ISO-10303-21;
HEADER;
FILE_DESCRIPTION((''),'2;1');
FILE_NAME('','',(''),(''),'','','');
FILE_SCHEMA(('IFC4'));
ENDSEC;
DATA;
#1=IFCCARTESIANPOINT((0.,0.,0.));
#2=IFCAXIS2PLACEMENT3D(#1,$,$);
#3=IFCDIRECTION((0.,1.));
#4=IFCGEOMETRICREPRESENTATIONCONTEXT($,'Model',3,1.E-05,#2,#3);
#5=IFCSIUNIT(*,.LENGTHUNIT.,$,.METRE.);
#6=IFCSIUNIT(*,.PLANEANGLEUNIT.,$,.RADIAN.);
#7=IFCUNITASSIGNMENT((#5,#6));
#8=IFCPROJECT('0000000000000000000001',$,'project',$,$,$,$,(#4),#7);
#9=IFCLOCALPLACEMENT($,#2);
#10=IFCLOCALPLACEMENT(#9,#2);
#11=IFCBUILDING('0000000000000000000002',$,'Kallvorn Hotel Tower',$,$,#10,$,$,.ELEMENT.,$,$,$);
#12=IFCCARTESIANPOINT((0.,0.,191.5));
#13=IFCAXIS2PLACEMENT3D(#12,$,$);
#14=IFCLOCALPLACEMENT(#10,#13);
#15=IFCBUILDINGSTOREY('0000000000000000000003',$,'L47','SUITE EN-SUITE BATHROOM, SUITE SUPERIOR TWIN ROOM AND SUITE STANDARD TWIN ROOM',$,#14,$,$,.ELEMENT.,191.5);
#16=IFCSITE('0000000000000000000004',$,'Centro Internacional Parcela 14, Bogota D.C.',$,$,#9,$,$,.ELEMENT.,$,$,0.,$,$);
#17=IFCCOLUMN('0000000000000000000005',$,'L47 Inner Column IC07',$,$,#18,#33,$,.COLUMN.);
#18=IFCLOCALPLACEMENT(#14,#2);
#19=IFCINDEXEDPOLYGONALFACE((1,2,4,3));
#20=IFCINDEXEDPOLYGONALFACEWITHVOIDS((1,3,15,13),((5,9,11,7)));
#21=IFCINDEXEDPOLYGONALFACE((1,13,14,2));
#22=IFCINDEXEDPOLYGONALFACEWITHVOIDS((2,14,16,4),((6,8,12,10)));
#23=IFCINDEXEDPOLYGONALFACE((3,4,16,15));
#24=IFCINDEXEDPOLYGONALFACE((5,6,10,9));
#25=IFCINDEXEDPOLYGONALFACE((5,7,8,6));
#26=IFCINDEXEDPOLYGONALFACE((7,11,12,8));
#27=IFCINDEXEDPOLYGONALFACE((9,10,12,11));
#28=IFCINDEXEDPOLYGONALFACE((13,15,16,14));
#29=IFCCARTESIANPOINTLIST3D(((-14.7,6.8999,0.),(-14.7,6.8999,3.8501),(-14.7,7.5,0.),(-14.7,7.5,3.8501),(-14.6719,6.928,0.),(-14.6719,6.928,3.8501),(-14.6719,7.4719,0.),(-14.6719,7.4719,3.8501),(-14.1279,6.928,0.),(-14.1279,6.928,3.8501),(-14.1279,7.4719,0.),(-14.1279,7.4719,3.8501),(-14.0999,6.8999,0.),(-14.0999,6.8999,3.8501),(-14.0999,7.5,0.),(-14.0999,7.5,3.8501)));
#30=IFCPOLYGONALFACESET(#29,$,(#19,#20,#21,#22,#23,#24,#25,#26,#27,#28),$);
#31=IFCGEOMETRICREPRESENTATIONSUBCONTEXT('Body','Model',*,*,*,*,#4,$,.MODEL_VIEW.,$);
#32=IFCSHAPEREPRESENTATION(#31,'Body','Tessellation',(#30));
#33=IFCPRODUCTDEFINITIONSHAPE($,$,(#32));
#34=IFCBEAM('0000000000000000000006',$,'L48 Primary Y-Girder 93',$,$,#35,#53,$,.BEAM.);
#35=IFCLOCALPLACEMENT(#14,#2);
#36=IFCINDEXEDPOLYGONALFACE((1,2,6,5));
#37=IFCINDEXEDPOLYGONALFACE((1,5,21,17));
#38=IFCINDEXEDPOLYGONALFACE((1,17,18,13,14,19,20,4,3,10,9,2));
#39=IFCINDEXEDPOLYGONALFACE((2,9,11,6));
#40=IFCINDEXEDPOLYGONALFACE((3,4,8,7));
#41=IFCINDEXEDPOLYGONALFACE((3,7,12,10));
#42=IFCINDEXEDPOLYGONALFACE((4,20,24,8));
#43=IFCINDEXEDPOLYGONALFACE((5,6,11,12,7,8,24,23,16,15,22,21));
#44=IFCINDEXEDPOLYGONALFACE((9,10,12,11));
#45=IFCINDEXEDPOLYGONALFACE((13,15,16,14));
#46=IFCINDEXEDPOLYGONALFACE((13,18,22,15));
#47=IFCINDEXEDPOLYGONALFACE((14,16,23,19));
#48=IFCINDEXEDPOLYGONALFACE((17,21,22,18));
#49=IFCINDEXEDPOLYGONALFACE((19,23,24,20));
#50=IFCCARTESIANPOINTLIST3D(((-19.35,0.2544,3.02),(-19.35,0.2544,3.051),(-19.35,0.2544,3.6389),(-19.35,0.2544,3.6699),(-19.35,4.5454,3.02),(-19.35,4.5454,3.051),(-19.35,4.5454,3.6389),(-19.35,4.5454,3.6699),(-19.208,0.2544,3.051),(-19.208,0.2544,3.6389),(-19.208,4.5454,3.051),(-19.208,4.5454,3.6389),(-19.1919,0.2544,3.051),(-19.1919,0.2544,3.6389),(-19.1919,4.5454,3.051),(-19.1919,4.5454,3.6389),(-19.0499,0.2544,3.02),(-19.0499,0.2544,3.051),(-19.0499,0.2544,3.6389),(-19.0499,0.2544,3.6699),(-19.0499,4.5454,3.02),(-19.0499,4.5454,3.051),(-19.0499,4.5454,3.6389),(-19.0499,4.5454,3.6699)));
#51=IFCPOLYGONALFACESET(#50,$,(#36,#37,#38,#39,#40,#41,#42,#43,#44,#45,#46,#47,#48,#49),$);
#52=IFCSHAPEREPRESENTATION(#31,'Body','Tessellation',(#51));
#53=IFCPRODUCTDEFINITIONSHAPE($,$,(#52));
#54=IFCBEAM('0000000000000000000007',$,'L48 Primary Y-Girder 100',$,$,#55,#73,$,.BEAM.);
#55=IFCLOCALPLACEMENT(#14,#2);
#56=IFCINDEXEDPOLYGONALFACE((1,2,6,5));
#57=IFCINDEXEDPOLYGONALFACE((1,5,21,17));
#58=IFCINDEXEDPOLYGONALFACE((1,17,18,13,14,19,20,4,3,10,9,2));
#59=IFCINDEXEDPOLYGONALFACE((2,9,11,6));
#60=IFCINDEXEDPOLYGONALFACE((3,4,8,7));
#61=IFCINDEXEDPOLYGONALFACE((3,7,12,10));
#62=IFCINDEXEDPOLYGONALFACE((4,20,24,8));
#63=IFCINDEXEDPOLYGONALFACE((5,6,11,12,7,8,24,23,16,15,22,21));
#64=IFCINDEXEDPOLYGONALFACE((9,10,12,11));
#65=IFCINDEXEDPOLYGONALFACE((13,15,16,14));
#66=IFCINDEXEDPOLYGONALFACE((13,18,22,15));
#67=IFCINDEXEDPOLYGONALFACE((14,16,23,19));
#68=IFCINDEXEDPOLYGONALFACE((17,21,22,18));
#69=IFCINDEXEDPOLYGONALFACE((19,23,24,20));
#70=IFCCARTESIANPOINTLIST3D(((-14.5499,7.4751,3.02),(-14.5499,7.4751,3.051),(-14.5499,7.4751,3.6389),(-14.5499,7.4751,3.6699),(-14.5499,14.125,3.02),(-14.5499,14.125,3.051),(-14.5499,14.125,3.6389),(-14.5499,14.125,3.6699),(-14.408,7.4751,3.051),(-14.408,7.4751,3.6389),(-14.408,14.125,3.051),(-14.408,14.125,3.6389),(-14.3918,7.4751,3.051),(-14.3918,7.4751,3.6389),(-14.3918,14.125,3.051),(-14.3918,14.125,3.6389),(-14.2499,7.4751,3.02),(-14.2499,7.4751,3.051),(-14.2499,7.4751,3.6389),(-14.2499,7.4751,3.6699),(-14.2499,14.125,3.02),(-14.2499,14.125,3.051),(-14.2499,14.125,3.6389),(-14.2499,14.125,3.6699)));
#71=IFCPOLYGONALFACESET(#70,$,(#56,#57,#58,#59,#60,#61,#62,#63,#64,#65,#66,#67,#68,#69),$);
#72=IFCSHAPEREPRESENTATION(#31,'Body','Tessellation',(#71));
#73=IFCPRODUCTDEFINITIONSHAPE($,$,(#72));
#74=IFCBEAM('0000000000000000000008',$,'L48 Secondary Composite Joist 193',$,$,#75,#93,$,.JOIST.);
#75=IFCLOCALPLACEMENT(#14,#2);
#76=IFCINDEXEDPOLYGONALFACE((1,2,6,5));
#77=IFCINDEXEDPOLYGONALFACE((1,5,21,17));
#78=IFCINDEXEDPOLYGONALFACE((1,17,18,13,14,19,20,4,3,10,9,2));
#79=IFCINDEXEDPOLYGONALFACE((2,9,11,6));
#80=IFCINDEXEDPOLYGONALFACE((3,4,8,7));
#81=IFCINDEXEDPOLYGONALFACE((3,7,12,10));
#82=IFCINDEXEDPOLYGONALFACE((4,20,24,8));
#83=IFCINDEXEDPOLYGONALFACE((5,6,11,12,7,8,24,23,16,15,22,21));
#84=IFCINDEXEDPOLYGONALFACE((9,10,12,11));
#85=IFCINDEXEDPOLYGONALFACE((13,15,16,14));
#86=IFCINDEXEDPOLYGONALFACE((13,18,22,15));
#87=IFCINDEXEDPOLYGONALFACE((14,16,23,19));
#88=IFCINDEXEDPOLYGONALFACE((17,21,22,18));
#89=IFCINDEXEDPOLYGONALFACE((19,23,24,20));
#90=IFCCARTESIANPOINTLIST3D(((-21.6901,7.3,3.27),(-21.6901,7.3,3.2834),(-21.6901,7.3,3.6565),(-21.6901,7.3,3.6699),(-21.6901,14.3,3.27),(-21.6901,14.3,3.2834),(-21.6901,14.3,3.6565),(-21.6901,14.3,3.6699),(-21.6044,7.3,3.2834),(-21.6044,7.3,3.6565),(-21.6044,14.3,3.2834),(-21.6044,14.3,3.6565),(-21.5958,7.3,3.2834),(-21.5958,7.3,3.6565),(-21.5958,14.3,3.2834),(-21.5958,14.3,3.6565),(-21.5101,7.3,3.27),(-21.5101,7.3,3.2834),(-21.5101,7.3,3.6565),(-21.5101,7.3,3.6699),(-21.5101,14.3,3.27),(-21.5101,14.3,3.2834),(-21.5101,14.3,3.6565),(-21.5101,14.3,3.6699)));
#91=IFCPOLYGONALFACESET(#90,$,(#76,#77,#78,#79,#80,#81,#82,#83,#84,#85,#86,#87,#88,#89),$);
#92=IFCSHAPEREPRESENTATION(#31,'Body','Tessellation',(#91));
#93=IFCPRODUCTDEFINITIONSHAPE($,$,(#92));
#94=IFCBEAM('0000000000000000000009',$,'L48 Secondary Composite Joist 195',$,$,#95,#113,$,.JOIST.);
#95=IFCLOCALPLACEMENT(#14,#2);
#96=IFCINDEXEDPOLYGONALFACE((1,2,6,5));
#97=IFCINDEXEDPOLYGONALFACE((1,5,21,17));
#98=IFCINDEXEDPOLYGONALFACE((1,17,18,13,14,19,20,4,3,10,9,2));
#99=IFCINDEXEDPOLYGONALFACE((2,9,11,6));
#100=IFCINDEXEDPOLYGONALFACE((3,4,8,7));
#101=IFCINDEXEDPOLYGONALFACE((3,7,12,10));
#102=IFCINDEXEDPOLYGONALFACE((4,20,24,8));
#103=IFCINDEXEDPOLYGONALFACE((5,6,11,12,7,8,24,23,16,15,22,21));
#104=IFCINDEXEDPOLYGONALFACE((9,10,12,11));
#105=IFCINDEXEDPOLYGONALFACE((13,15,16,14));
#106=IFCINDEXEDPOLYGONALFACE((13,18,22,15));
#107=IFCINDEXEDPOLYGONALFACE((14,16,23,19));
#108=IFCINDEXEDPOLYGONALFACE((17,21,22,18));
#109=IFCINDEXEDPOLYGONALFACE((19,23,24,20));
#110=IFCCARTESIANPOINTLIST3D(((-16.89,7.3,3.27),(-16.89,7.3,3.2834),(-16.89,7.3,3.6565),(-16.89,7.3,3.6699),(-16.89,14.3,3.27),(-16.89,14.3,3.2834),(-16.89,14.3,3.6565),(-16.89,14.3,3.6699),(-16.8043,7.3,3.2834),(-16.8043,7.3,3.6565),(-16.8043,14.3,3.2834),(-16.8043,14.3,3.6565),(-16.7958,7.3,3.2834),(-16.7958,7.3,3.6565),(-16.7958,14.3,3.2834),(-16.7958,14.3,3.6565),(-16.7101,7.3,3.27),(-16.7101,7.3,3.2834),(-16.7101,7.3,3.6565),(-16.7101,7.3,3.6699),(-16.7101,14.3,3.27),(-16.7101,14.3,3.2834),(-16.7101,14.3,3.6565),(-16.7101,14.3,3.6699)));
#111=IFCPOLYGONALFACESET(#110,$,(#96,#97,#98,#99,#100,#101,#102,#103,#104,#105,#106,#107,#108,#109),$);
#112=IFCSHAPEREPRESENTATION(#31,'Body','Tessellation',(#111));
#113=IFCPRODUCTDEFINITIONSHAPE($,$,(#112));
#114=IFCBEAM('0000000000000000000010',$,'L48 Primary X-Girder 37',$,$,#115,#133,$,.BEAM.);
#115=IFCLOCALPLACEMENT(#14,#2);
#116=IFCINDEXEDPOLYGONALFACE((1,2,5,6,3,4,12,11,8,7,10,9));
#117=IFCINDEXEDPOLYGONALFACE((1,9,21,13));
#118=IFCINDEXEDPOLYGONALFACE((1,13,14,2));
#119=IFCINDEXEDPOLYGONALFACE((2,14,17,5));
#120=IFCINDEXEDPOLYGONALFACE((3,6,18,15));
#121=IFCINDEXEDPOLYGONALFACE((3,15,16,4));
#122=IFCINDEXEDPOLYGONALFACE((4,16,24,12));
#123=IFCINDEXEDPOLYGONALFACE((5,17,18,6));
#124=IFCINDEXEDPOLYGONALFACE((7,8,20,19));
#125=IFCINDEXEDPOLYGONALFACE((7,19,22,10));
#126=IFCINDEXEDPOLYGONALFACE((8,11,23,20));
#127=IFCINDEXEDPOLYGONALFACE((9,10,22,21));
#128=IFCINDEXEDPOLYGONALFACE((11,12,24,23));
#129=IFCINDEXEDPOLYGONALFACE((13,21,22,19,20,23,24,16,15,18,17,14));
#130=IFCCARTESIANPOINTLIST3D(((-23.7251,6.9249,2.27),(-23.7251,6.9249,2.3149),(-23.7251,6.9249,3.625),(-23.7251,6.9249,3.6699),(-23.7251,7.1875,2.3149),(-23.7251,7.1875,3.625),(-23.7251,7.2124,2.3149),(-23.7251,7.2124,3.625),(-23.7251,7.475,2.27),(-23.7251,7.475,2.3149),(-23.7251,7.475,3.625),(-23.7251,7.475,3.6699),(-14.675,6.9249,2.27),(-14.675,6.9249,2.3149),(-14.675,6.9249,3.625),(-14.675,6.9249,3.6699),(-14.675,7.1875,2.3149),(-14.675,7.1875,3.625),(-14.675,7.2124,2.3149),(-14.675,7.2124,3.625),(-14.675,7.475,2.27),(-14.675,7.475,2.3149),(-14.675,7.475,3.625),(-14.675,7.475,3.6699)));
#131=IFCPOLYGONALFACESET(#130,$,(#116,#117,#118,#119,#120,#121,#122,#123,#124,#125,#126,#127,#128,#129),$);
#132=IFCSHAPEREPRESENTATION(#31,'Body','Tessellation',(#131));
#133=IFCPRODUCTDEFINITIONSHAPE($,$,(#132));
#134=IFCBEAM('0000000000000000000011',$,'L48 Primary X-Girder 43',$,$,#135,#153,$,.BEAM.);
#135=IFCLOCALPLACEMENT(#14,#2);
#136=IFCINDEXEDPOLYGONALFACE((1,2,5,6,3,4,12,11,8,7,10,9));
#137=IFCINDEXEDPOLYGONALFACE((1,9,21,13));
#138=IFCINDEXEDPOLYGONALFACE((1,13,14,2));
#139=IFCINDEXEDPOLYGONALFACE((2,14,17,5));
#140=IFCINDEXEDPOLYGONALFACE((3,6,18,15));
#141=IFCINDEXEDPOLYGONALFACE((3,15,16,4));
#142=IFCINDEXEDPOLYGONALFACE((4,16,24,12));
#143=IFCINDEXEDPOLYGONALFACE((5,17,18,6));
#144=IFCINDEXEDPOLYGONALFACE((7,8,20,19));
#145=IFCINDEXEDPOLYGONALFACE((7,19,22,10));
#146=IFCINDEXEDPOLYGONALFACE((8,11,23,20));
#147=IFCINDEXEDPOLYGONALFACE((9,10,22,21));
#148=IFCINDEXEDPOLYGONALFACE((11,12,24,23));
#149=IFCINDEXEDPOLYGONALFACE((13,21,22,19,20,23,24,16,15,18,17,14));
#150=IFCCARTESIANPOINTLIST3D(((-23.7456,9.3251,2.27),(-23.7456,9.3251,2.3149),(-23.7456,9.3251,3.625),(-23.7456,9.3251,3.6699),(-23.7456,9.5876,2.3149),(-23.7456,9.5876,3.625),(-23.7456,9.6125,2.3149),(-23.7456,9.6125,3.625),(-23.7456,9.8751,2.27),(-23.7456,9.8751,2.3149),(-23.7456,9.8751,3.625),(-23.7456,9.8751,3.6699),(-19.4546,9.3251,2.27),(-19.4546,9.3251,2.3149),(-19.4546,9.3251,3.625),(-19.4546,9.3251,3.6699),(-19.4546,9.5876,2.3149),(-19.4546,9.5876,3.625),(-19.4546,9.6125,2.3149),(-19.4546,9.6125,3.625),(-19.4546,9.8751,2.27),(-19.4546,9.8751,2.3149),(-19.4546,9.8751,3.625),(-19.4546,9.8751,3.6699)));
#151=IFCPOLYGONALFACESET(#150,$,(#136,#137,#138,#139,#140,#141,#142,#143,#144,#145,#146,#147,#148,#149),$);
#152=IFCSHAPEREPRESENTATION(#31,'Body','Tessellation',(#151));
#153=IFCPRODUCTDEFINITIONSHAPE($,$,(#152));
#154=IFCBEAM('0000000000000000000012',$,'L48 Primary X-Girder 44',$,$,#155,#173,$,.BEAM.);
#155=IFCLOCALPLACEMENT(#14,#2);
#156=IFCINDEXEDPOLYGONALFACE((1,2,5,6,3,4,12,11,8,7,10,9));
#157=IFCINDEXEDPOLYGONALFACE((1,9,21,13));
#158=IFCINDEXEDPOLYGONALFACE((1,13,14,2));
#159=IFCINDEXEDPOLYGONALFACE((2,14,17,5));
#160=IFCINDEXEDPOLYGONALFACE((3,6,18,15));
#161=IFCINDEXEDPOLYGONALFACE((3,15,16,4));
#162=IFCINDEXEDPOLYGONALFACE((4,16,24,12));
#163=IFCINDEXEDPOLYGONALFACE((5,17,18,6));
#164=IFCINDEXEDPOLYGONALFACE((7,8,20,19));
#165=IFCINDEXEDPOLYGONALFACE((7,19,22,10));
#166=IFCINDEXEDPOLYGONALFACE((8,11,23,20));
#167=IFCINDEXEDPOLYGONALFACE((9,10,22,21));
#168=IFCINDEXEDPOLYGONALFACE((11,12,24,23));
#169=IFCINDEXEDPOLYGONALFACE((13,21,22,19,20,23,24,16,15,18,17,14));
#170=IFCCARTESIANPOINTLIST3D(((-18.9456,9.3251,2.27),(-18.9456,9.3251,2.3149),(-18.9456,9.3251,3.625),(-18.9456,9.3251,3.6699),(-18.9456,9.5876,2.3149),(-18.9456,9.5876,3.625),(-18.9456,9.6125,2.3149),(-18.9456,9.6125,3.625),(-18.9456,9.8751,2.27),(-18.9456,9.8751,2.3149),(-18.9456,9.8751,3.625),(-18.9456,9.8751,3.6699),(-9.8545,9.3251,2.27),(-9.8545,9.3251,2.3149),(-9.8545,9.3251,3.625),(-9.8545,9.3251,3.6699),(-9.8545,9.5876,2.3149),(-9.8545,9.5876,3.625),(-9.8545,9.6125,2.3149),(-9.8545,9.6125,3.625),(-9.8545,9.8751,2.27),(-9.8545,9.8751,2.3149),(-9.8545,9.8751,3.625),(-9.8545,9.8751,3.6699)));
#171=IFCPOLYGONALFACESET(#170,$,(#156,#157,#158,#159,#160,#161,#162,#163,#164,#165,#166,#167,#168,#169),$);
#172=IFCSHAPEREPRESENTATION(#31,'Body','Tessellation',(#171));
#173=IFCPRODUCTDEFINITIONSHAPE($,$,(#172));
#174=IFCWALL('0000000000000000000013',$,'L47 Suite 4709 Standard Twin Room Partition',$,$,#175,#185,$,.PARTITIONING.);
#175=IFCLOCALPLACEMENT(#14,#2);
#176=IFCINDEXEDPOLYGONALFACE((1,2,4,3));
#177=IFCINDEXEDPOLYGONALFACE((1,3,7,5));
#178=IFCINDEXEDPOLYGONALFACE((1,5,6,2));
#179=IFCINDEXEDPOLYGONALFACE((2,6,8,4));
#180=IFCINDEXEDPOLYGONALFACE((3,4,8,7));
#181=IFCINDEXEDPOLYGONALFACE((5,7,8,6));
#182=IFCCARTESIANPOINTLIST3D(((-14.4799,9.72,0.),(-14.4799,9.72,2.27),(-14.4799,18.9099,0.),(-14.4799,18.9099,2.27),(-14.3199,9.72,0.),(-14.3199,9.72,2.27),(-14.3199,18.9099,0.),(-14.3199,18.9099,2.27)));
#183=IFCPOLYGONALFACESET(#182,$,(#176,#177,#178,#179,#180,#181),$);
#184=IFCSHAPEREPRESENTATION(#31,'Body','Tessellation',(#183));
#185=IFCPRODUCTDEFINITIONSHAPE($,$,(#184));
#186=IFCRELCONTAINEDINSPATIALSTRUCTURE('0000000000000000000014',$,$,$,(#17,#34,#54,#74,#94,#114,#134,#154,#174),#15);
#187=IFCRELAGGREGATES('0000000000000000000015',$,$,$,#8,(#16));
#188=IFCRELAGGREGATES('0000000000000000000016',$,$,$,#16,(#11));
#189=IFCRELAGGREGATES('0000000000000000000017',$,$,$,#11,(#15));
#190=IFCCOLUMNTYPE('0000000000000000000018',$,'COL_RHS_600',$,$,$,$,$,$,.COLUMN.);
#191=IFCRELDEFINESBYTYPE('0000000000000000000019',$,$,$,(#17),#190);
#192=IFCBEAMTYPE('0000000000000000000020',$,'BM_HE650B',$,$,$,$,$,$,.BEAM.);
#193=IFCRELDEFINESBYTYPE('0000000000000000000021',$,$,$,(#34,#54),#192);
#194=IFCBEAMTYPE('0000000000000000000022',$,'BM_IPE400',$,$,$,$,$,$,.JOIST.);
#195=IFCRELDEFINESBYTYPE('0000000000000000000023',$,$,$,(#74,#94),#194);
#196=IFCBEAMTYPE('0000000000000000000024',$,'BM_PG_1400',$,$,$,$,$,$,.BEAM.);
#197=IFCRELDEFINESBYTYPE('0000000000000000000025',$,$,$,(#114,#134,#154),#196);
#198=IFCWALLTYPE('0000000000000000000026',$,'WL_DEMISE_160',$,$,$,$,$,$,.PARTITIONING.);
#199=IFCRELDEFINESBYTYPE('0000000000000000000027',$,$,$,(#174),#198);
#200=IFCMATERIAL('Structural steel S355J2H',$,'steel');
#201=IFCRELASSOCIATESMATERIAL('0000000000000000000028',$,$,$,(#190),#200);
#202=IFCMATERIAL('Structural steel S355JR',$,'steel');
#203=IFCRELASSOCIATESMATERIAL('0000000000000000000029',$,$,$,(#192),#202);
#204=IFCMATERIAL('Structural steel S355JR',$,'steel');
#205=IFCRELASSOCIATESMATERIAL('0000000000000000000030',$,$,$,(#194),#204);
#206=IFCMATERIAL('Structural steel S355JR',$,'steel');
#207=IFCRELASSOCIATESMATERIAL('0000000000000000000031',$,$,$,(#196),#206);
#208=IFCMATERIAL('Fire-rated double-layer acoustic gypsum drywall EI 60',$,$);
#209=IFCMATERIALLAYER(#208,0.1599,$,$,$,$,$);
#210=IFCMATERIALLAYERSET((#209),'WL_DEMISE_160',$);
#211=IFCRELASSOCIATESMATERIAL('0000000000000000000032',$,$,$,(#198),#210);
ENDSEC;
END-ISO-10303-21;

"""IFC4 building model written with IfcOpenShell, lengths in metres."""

from ifc_helpers import new_model, si_unit, direction, frame, frame_2d, origin, origin_2d, place, context, subcontext, project, spatial, rectangle, hollow_rectangle, i_section, extrude, material, layer, layer_set, material_profile, profile_set, type_object, element, save


model = new_model("IFC4")

# Units and contexts
model_context = context("Model", 3, precision=1e-05, world=origin(), true_north=direction((0.0, 1.0)))
body_context = subcontext(model_context, "Body", "Model", "MODEL_VIEW")
ifc_project = project(units=[si_unit("LENGTHUNIT", "METRE"), si_unit("PLANEANGLEUNIT", "RADIAN")], contexts=[model_context])

# Site, building, storey
site_placement = place(None, origin())
site = spatial("IfcSite", under=ifc_project, at=site_placement, Name="Centro Internacional Parcela 14, Bogota D.C.", CompositionType="ELEMENT", RefElevation=0.0)
building_placement = place(site_placement, origin())
building = spatial("IfcBuilding", under=site, at=building_placement, Name="Kallvorn Hotel Tower", CompositionType="ELEMENT")
storey_placement = place(building_placement, frame((0.0, 0.0, 191.5)))
storey = spatial("IfcBuildingStorey", under=building, at=storey_placement, Name="L47", Description="SUITE EN-SUITE BATHROOM, SUITE SUPERIOR TWIN ROOM AND SUITE STANDARD TWIN ROOM", CompositionType="ELEMENT", Elevation=191.5)

# Column
ifc_material_1 = material(Name="Structural steel S355J2H", Category="steel")
ifc_material_profile_1 = material_profile(ifc_material_1, hollow_rectangle(XDim=0.6001, YDim=0.6001, WallThickness=0.0281, at=origin_2d()), Name="RHS 600x600x28")
ifc_profile_set_1 = profile_set([ifc_material_profile_1], Name="Structural steel S355J2H")
column_type_1 = type_object("IfcColumnType", Name="COL_RHS_600", PredefinedType="COLUMN", material=ifc_profile_set_1)
column_placement = place(storey_placement, frame((-14.3999, 7.2, 0.0), z_axis=(0.0, 0.0, 1.0), x_axis=(1.0, 0.0, 0.0)))
element("IfcColumn", 1, at=column_placement, inside=storey, type_object=column_type_1, Name="L47 Inner Column IC07", PredefinedType="COLUMN", context=body_context, shape_type="SweptSolid", body=[
    extrude(hollow_rectangle(XDim=0.6001, YDim=0.6001, WallThickness=0.0281, at=origin_2d()), origin(), (0.0, 0.0, 1.0), 3.8501),
])

# Beams
ifc_material_2 = material(Name="Structural steel S355JR", Category="steel")
ifc_material_profile_2 = material_profile(ifc_material_2, i_section(OverallWidth=0.3, OverallDepth=0.6499, WebThickness=0.0161, FlangeThickness=0.031, at=origin_2d()), Name="HE 650 B")
ifc_profile_set_2 = profile_set([ifc_material_profile_2], Name="Structural steel S355JR")
beam_type_1 = type_object("IfcBeamType", Name="BM_HE650B", PredefinedType="BEAM", material=ifc_profile_set_2)
beam_1_placement = place(storey_placement, frame((-19.2, 0.2544, 3.345), z_axis=(0.0, 1.0, 0.0), x_axis=(-1.0, 0.0, 0.0)))
element("IfcBeam", 2, at=beam_1_placement, inside=storey, type_object=beam_type_1, Name="L48 Primary Y-Girder 93", PredefinedType="BEAM", context=body_context, shape_type="SweptSolid", body=[
    extrude(i_section(OverallWidth=0.3, OverallDepth=0.6499, WebThickness=0.0161, FlangeThickness=0.031, at=origin_2d()), origin(), (0.0, 0.0, 1.0), 4.291),
])
beam_2_placement = place(storey_placement, frame((-14.3999, 7.4751, 3.345), z_axis=(0.0, 1.0, 0.0), x_axis=(-1.0, 0.0, 0.0)))
element("IfcBeam", 3, at=beam_2_placement, inside=storey, type_object=beam_type_1, Name="L48 Primary Y-Girder 100", PredefinedType="BEAM", context=body_context, shape_type="SweptSolid", body=[
    extrude(i_section(OverallWidth=0.3, OverallDepth=0.6499, WebThickness=0.0161, FlangeThickness=0.031, at=origin_2d()), origin(), (0.0, 0.0, 1.0), 6.6499),
])
ifc_material_3 = material(Name="Structural steel S355JR", Category="steel")
ifc_material_profile_3 = material_profile(ifc_material_3, i_section(OverallWidth=0.1799, OverallDepth=0.3999, WebThickness=0.0085, FlangeThickness=0.0134, at=origin_2d()), Name="IPE 400")
ifc_profile_set_3 = profile_set([ifc_material_profile_3], Name="Structural steel S355JR")
beam_type_2 = type_object("IfcBeamType", Name="BM_IPE400", PredefinedType="JOIST", material=ifc_profile_set_3)
for number, where, z_axis, x_axis, name in (
    (4, (-21.6001, 7.3, 3.47), (0.0, 1.0, 0.0), (-1.0, 0.0, 0.0), "L48 Secondary Composite Joist 193"),
    (5, (-16.8, 7.3, 3.47), (0.0, 1.0, 0.0), (-1.0, 0.0, 0.0), "L48 Secondary Composite Joist 195"),
):
    element("IfcBeam", number, at=place(storey_placement, frame(where, z_axis=z_axis, x_axis=x_axis)), inside=storey, type_object=beam_type_2, Name=name, PredefinedType="JOIST", context=body_context, shape_type="SweptSolid", body=[
        extrude(i_section(OverallWidth=0.1799, OverallDepth=0.3999, WebThickness=0.0085, FlangeThickness=0.0134, at=origin_2d()), origin(), (0.0, 0.0, 1.0), 7.0),
    ])
ifc_material_4 = material(Name="Structural steel S355JR", Category="steel")
ifc_material_profile_4 = material_profile(ifc_material_4, i_section(OverallWidth=0.55, OverallDepth=1.3999, WebThickness=0.0249, FlangeThickness=0.0449, at=origin_2d()), Name="PG 1400x550x25x45")
ifc_profile_set_4 = profile_set([ifc_material_profile_4], Name="Structural steel S355JR")
beam_type_3 = type_object("IfcBeamType", Name="BM_PG_1400", PredefinedType="BEAM", material=ifc_profile_set_4)
beam_3_placement = place(storey_placement, frame((-23.7251, 7.2, 2.97), z_axis=(1.0, 0.0, 0.0), x_axis=(0.0, 1.0, 0.0)))
element("IfcBeam", 6, at=beam_3_placement, inside=storey, type_object=beam_type_3, Name="L48 Primary X-Girder 37", PredefinedType="BEAM", context=body_context, shape_type="SweptSolid", body=[
    extrude(i_section(OverallWidth=0.55, OverallDepth=1.3999, WebThickness=0.0249, FlangeThickness=0.0449, at=origin_2d()), origin(), (0.0, 0.0, 1.0), 9.05),
])
beam_4_placement = place(storey_placement, frame((-23.7456, 9.6001, 2.97), z_axis=(1.0, 0.0, 0.0), x_axis=(0.0, 1.0, 0.0)))
element("IfcBeam", 7, at=beam_4_placement, inside=storey, type_object=beam_type_3, Name="L48 Primary X-Girder 43", PredefinedType="BEAM", context=body_context, shape_type="SweptSolid", body=[
    extrude(i_section(OverallWidth=0.55, OverallDepth=1.3999, WebThickness=0.0249, FlangeThickness=0.0449, at=origin_2d()), origin(), (0.0, 0.0, 1.0), 4.291),
])
beam_5_placement = place(storey_placement, frame((-18.9456, 9.6001, 2.97), z_axis=(1.0, 0.0, 0.0), x_axis=(0.0, 1.0, 0.0)))
element("IfcBeam", 8, at=beam_5_placement, inside=storey, type_object=beam_type_3, Name="L48 Primary X-Girder 44", PredefinedType="BEAM", context=body_context, shape_type="SweptSolid", body=[
    extrude(i_section(OverallWidth=0.55, OverallDepth=1.3999, WebThickness=0.0249, FlangeThickness=0.0449, at=origin_2d()), origin(), (0.0, 0.0, 1.0), 9.0911),
])

# Wall
ifc_material_5 = material(Name="Fire-rated double-layer acoustic gypsum drywall EI 60")
ifc_layer_1 = layer(ifc_material_5, 0.1599)
ifc_layer_set_1 = layer_set([ifc_layer_1], Name="WL_DEMISE_160")
wall_type_1 = type_object("IfcWallType", Name="WL_DEMISE_160", PredefinedType="PARTITIONING", material=ifc_layer_set_1)
wall_1_placement = place(storey_placement, frame((-14.3999, 9.72, 0.0), z_axis=(0.0, 0.0, 1.0), x_axis=(0.0, 1.0, 0.0)))
element("IfcWall", 9, at=wall_1_placement, inside=storey, type_object=wall_type_1, Name="L47 Suite 4709 Standard Twin Room Partition", PredefinedType="PARTITIONING", context=body_context, shape_type="SweptSolid", body=[
    extrude(rectangle(XDim=9.1899, YDim=0.1599, at=frame_2d((4.595, 0.0))), origin(), (0.0, 0.0, 1.0), 2.27),
])

save(model, "model.ifc")
